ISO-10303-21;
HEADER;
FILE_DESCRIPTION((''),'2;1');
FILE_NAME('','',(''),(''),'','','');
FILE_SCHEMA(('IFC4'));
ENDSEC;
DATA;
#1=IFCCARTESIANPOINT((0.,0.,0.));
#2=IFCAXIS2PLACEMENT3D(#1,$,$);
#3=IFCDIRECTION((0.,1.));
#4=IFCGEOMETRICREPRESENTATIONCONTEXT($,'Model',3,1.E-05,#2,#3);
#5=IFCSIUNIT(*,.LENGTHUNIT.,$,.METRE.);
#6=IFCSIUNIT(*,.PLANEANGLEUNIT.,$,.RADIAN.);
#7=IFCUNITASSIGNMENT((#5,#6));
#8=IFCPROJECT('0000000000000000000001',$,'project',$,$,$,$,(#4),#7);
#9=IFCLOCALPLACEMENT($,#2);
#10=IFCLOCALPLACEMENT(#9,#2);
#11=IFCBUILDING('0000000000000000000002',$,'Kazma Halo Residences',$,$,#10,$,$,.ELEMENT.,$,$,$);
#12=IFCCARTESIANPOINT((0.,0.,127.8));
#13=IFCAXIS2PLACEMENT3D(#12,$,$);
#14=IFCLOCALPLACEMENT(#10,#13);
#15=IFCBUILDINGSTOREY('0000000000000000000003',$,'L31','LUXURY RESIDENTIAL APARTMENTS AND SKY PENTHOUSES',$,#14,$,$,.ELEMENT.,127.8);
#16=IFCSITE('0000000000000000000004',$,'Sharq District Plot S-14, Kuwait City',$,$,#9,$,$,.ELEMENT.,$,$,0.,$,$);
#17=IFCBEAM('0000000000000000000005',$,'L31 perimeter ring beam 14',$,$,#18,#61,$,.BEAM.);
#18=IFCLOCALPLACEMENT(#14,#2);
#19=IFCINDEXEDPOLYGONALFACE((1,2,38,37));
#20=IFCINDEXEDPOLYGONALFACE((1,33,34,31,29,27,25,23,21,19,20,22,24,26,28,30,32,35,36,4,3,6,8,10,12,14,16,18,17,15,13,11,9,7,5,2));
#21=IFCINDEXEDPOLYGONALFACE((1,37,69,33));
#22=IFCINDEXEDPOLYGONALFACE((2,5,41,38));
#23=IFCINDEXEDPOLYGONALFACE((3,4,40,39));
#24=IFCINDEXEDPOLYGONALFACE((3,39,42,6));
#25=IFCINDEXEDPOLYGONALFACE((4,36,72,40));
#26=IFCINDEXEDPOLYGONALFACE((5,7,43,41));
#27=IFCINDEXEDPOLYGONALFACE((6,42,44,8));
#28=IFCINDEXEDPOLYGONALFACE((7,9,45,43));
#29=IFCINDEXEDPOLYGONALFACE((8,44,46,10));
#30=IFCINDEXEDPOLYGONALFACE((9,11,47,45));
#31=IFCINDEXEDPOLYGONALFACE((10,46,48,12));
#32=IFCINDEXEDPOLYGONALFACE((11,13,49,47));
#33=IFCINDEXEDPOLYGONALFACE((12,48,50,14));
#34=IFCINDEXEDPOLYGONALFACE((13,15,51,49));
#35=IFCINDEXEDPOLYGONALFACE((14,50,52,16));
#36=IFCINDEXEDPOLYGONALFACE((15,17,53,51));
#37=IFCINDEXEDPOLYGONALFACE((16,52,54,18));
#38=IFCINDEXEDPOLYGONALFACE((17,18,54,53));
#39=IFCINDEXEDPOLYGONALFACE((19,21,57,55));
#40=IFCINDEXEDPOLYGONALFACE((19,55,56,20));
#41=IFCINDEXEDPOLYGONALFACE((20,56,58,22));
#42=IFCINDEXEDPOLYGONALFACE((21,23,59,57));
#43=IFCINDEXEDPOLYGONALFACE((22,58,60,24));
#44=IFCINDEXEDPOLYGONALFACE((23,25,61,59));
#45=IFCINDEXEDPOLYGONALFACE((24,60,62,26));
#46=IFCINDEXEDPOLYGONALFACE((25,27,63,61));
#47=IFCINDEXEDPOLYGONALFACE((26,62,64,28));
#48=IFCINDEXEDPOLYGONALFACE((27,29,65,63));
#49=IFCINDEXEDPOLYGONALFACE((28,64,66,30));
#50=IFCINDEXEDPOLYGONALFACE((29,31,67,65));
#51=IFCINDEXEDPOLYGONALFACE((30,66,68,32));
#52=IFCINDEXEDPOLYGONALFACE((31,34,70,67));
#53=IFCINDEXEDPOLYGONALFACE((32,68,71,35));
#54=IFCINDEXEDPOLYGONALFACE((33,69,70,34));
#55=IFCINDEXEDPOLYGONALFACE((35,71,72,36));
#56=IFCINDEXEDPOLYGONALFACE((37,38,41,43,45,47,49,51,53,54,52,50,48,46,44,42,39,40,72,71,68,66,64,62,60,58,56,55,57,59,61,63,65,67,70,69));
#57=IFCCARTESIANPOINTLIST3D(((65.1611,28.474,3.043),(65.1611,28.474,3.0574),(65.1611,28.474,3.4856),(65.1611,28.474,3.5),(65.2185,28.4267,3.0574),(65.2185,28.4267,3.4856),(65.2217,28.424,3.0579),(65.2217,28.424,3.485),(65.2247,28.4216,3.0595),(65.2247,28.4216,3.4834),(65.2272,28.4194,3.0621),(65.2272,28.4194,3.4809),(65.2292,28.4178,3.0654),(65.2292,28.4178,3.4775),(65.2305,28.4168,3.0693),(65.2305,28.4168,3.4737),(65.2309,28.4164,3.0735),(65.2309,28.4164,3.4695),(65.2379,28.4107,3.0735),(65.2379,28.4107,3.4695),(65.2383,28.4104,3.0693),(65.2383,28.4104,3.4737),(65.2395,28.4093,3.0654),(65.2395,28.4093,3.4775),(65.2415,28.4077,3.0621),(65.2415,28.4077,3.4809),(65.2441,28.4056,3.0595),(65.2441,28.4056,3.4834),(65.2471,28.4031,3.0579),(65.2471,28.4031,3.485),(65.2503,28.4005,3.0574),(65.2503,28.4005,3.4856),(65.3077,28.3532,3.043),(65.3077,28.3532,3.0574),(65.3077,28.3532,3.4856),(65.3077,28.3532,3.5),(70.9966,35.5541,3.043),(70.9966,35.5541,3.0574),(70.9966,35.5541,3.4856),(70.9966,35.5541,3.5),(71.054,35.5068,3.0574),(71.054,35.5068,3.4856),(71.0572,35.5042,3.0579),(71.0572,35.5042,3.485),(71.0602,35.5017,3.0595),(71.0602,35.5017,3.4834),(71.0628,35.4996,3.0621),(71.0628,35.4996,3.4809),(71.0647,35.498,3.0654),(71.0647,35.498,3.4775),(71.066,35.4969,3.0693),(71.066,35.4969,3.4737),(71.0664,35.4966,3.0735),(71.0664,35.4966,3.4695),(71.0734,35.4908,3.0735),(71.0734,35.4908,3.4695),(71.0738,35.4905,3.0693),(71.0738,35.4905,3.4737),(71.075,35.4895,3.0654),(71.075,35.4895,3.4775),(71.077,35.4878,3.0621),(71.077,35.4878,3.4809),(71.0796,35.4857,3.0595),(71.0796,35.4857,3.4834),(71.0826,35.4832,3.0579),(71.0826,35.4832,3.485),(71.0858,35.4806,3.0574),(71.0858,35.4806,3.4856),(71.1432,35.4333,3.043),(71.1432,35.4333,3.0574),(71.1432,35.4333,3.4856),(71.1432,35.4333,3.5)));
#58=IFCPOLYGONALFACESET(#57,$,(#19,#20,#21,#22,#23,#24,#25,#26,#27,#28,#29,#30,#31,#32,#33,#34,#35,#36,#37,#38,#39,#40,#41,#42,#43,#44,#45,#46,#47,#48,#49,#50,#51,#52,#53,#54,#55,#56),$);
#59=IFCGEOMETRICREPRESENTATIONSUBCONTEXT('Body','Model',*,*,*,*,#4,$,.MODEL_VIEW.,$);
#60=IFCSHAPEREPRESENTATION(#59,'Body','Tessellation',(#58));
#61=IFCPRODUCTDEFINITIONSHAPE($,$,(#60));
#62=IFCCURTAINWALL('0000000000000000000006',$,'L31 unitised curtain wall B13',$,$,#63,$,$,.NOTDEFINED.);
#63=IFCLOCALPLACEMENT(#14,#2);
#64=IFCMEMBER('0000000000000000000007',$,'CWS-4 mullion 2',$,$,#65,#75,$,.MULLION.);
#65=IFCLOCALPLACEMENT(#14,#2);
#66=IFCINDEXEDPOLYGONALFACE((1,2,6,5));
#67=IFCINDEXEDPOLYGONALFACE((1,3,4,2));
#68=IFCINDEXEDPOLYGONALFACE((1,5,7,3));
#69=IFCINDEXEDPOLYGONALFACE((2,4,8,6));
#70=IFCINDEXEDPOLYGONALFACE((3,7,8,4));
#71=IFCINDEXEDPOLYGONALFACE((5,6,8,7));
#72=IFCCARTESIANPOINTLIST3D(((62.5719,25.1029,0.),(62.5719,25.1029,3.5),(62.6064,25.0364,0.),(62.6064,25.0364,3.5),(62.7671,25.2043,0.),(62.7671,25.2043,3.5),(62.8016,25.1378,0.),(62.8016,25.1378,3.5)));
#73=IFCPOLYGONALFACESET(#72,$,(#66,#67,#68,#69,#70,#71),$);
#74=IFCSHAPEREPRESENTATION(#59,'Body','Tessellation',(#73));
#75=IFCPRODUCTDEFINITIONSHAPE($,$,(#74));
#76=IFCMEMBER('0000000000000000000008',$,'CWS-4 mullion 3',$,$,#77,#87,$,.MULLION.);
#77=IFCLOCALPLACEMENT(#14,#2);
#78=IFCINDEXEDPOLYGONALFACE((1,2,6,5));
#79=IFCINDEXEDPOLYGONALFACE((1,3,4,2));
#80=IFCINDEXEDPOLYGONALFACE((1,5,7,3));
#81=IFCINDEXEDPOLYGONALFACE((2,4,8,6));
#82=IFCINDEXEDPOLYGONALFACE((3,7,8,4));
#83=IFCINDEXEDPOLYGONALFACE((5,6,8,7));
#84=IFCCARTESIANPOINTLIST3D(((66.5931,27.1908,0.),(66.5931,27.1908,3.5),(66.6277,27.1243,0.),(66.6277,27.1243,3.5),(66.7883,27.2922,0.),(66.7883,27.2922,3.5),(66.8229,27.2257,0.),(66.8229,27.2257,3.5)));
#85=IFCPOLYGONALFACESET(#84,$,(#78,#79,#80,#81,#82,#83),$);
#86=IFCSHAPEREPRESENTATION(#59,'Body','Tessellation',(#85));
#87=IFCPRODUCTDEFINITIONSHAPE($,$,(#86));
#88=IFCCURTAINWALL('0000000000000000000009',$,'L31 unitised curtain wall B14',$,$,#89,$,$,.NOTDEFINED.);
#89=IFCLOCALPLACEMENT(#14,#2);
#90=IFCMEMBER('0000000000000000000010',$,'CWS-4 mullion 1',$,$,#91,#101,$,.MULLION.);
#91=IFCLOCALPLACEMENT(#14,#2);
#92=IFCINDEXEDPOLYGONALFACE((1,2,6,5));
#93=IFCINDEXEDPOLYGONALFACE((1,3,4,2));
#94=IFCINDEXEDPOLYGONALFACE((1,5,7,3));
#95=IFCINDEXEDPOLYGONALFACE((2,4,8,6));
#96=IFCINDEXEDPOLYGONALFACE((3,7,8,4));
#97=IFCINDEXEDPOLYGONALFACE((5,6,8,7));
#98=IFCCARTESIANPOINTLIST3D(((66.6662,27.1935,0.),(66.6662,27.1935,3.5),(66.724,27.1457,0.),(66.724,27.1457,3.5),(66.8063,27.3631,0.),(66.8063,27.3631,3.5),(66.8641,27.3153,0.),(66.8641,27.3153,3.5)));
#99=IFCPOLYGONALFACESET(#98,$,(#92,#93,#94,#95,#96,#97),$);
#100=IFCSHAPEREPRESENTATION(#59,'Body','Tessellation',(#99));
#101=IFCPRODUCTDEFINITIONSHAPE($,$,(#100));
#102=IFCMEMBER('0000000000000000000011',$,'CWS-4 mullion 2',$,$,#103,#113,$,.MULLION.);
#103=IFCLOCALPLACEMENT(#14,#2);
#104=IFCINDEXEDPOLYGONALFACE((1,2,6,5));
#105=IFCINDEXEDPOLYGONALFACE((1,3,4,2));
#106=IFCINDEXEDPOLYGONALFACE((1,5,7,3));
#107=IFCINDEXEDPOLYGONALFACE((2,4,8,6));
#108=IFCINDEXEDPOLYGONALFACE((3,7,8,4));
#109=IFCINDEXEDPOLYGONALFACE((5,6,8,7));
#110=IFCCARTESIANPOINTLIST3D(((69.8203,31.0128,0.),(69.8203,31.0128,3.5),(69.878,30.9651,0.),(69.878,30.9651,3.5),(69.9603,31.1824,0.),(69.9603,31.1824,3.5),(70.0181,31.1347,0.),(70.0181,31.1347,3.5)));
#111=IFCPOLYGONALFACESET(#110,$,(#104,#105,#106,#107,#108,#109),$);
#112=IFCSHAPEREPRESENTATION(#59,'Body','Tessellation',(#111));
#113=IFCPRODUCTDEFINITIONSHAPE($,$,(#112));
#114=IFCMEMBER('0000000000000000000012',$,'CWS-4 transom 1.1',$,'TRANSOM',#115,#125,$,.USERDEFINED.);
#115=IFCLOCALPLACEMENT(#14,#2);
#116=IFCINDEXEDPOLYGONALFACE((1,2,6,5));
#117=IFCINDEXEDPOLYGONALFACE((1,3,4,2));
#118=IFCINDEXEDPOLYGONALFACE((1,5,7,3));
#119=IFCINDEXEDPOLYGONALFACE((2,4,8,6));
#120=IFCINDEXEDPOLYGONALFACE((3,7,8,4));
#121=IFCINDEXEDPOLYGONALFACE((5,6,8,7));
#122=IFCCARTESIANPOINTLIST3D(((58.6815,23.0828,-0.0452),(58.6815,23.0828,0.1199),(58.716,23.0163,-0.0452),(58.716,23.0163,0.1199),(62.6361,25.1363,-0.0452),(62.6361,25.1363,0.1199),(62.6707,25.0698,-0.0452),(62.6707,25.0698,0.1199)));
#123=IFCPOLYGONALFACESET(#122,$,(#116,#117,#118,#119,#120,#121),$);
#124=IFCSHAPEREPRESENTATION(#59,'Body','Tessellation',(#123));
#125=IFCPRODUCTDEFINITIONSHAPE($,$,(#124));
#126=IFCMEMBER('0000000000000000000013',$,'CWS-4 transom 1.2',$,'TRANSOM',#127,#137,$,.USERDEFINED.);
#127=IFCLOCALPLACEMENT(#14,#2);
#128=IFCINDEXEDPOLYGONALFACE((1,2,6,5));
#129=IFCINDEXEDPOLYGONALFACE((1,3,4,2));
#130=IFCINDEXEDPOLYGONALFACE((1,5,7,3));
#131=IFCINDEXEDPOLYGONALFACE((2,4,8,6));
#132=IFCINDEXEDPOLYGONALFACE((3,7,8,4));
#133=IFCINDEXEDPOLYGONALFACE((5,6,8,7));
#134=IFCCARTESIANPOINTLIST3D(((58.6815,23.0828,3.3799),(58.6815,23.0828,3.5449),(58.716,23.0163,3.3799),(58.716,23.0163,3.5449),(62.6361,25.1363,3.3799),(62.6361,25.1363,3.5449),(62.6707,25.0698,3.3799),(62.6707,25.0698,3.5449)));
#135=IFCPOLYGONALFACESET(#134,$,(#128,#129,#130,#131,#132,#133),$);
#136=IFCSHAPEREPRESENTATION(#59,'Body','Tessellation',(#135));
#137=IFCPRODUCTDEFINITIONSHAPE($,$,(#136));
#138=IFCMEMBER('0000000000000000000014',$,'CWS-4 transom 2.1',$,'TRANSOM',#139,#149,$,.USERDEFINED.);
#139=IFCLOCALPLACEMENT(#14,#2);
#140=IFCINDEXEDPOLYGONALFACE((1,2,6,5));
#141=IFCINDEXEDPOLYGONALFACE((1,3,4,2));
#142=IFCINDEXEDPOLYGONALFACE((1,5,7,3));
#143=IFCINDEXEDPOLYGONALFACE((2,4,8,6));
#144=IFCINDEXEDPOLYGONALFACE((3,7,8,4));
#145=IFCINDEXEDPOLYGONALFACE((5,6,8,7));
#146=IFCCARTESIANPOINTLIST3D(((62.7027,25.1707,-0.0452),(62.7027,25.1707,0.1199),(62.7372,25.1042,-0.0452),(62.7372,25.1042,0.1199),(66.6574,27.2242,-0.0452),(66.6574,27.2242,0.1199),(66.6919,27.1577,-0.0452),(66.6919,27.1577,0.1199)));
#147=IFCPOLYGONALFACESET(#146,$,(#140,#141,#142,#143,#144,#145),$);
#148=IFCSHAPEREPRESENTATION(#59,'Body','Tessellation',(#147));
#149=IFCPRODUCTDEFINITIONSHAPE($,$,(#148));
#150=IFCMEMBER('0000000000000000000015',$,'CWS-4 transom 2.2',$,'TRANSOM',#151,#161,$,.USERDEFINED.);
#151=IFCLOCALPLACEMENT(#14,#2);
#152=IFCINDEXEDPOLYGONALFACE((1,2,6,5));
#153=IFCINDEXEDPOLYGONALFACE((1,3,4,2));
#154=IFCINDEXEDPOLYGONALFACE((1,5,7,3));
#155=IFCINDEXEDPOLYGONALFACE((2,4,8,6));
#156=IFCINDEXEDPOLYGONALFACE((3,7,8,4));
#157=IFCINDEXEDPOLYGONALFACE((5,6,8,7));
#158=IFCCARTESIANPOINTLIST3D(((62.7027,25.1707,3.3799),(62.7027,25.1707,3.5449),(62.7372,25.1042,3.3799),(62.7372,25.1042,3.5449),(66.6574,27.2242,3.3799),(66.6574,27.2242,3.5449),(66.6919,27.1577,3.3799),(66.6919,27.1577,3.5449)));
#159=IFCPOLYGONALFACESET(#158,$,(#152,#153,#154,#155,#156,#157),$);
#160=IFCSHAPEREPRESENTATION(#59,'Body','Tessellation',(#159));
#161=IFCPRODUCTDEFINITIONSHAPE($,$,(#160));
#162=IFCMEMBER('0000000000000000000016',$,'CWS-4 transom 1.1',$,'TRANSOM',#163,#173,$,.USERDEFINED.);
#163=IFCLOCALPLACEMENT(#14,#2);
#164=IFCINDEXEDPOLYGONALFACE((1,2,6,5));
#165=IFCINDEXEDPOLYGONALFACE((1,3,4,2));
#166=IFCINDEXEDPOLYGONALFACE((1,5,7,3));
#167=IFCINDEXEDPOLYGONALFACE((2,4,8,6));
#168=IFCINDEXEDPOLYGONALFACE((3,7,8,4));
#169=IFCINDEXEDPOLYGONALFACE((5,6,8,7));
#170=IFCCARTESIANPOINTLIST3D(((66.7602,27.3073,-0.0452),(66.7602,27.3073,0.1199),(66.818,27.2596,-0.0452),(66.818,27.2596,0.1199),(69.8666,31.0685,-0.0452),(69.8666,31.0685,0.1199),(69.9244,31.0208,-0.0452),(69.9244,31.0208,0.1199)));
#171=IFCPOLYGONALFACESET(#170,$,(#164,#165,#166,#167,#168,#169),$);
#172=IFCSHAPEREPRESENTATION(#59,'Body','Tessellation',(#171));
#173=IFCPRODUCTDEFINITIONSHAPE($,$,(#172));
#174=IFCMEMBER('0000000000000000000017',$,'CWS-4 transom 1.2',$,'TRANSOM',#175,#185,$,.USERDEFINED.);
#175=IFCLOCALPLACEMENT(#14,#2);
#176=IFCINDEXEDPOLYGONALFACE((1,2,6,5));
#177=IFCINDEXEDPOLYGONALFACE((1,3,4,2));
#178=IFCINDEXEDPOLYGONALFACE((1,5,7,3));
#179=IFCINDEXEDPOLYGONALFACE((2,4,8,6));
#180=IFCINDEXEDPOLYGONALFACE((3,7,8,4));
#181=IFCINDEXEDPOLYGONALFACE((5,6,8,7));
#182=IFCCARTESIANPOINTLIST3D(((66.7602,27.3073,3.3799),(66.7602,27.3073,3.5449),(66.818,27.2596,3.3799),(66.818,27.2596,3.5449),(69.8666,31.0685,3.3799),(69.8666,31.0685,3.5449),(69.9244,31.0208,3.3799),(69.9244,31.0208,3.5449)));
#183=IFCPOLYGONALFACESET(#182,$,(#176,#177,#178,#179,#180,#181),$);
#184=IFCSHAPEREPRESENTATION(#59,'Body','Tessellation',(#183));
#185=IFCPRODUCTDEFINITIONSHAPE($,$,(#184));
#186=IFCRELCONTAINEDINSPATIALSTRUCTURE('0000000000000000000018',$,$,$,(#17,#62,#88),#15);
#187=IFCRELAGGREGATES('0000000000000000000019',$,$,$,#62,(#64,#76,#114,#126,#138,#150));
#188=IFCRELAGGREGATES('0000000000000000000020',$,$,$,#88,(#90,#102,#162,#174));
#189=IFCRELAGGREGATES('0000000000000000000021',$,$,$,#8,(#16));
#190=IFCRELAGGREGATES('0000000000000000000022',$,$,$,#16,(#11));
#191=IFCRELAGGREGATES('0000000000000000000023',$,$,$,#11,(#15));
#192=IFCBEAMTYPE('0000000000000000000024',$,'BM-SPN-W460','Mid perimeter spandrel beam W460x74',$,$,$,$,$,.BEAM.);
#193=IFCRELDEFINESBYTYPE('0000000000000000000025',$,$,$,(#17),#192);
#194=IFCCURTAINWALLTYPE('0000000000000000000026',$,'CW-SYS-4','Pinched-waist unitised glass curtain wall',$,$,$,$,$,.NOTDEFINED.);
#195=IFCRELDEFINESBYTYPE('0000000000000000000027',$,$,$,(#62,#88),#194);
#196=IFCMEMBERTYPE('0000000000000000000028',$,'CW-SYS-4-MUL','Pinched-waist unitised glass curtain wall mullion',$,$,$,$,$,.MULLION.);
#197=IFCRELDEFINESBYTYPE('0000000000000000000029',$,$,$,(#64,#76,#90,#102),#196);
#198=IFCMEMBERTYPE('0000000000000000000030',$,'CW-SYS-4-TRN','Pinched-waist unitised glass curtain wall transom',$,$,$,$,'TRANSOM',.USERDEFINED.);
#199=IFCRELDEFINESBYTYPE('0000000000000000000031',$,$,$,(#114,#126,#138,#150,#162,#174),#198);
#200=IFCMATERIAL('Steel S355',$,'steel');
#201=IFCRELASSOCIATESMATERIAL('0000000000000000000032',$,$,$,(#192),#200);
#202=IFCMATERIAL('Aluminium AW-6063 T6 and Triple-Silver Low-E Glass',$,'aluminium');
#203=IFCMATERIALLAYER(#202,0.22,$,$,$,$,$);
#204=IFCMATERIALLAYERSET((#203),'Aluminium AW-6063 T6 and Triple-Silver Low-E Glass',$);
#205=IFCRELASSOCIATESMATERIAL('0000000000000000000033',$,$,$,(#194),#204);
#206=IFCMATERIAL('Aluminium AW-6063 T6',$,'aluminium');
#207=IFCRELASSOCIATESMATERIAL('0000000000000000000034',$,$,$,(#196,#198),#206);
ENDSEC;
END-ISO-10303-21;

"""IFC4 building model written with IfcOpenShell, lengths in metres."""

from ifc_helpers import new_model, si_unit, direction, frame, origin, origin_2d, place, context, subcontext, project, spatial, rectangle, i_section, extrude, material, layer, layer_set, material_profile, profile_set, type_object, element, aggregate, save


model = new_model("IFC4")

# Units and contexts
model_context = context("Model", 3, precision=1e-05, world=origin(), true_north=direction((0.0, 1.0)))
body_context = subcontext(model_context, "Body", "Model", "MODEL_VIEW")
ifc_project = project(units=[si_unit("LENGTHUNIT", "METRE"), si_unit("PLANEANGLEUNIT", "RADIAN")], contexts=[model_context])

# Site, building, storey
site_placement = place(None, origin())
site = spatial("IfcSite", under=ifc_project, at=site_placement, Name="Sharq District Plot S-14, Kuwait City", CompositionType="ELEMENT", RefElevation=0.0)
building_placement = place(site_placement, origin())
building = spatial("IfcBuilding", under=site, at=building_placement, Name="Kazma Halo Residences", CompositionType="ELEMENT")
storey_placement = place(building_placement, frame((0.0, 0.0, 127.8)))
storey = spatial("IfcBuildingStorey", under=building, at=storey_placement, Name="L31", Description="LUXURY RESIDENTIAL APARTMENTS AND SKY PENTHOUSES", CompositionType="ELEMENT", Elevation=127.8)

# Beam
ifc_material_1 = material(Name="Steel S355", Category="steel")
ifc_material_profile_1 = material_profile(ifc_material_1, i_section(OverallWidth=0.1899, OverallDepth=0.457, WebThickness=0.009, FlangeThickness=0.0144, FilletRadius=0.0161, at=origin_2d()), Name="W460x74")
ifc_profile_set_1 = profile_set([ifc_material_profile_1], Name="Steel S355")
beam_type_1 = type_object("IfcBeamType", Name="BM-SPN-W460", Description="Mid perimeter spandrel beam W460x74", PredefinedType="BEAM", material=ifc_profile_set_1)
beam_1_placement = place(storey_placement, frame((65.2344, 28.4136, 3.2715), z_axis=(0.636019, 0.771674, 0.0), x_axis=(-0.771674, 0.636019, 0.0)))
element("IfcBeam", 1, at=beam_1_placement, inside=storey, type_object=beam_type_1, Name="L31 perimeter ring beam 14", PredefinedType="BEAM", context=body_context, shape_type="SweptSolid", body=[
    extrude(i_section(OverallWidth=0.1899, OverallDepth=0.457, WebThickness=0.009, FlangeThickness=0.0144, FilletRadius=0.0161, at=origin_2d()), origin(), (0.0, 0.0, 1.0), 9.175),
])

# Curtain walls, members
ifc_material_2 = material(Name="Aluminium AW-6063 T6 and Triple-Silver Low-E Glass", Category="aluminium")
ifc_layer_1 = layer(ifc_material_2, 0.22)
ifc_layer_set_1 = layer_set([ifc_layer_1], Name="Aluminium AW-6063 T6 and Triple-Silver Low-E Glass")
curtain_wall_type = type_object("IfcCurtainWallType", Name="CW-SYS-4", Description="Pinched-waist unitised glass curtain wall", PredefinedType="NOTDEFINED", material=ifc_layer_set_1)
curtain_wall_1_placement = place(storey_placement, origin())
curtain_wall_1 = element("IfcCurtainWall", 2, at=curtain_wall_1_placement, inside=storey, type_object=curtain_wall_type, Name="L31 unitised curtain wall B13", PredefinedType="NOTDEFINED")
ifc_material_3 = material(Name="Aluminium AW-6063 T6", Category="aluminium")
ifc_material_profile_2 = material_profile(ifc_material_3, rectangle(XDim=0.075, YDim=0.22, at=origin_2d()), Name="CWM-75x220")
ifc_profile_set_2 = profile_set([ifc_material_profile_2], Name="Aluminium AW-6063 T6")
member_type_1 = type_object("IfcMemberType", Name="CW-SYS-4-MUL", Description="Pinched-waist unitised glass curtain wall mullion", PredefinedType="MULLION", material=ifc_profile_set_2)
member_1_placement = place(storey_placement, frame((62.6868, 25.1204, 0.0), z_axis=(0.0, 0.0, 1.0), x_axis=(-0.460837, 0.887485, 0.0)))
member_1 = element("IfcMember", 3, at=member_1_placement, type_object=member_type_1, Name="CWS-4 mullion 2", PredefinedType="MULLION", context=body_context, shape_type="SweptSolid", body=[
    extrude(rectangle(XDim=0.075, YDim=0.22, at=origin_2d()), origin(), (0.0, 0.0, 1.0), 3.5),
])
member_2_placement = place(storey_placement, frame((66.708, 27.2083, 0.0), z_axis=(0.0, 0.0, 1.0), x_axis=(-0.460837, 0.887485, 0.0)))
member_2 = element("IfcMember", 4, at=member_2_placement, type_object=member_type_1, Name="CWS-4 mullion 3", PredefinedType="MULLION", context=body_context, shape_type="SweptSolid", body=[
    extrude(rectangle(XDim=0.075, YDim=0.22, at=origin_2d()), origin(), (0.0, 0.0, 1.0), 3.5),
])
curtain_wall_2_placement = place(storey_placement, origin())
curtain_wall_2 = element("IfcCurtainWall", 5, at=curtain_wall_2_placement, inside=storey, type_object=curtain_wall_type, Name="L31 unitised curtain wall B14", PredefinedType="NOTDEFINED")
member_3_placement = place(storey_placement, frame((66.7651, 27.2544, 0.0), z_axis=(0.0, 0.0, 1.0), x_axis=(-0.771037, 0.63679, 0.0)))
member_3 = element("IfcMember", 6, at=member_3_placement, type_object=member_type_1, Name="CWS-4 mullion 1", PredefinedType="MULLION", context=body_context, shape_type="SweptSolid", body=[
    extrude(rectangle(XDim=0.075, YDim=0.22, at=origin_2d()), origin(), (0.0, 0.0, 1.0), 3.5),
])
member_4_placement = place(storey_placement, frame((69.9192, 31.0737, 0.0), z_axis=(0.0, 0.0, 1.0), x_axis=(-0.771037, 0.63679, 0.0)))
member_4 = element("IfcMember", 7, at=member_4_placement, type_object=member_type_1, Name="CWS-4 mullion 2", PredefinedType="MULLION", context=body_context, shape_type="SweptSolid", body=[
    extrude(rectangle(XDim=0.075, YDim=0.22, at=origin_2d()), origin(), (0.0, 0.0, 1.0), 3.5),
])

# Members
ifc_material_profile_3 = material_profile(ifc_material_3, rectangle(XDim=0.075, YDim=0.165, at=origin_2d()), Name="CWT-75x165")
ifc_profile_set_3 = profile_set([ifc_material_profile_3], Name="Aluminium AW-6063 T6")
member_type_2 = type_object("IfcMemberType", Name="CW-SYS-4-TRN", Description="Pinched-waist unitised glass curtain wall transom", ElementType="TRANSOM", PredefinedType="USERDEFINED", material=ifc_profile_set_3)
member_5_placement = place(storey_placement, frame((58.6987, 23.0496, 0.0374), z_axis=(0.887485, 0.460837, 0.0), x_axis=(-0.460837, 0.887485, 0.0)))
member_5 = element("IfcMember", 8, at=member_5_placement, type_object=member_type_2, Name="CWS-4 transom 1.1", ObjectType="TRANSOM", PredefinedType="USERDEFINED", context=body_context, shape_type="SweptSolid", body=[
    extrude(rectangle(XDim=0.075, YDim=0.165, at=origin_2d()), origin(), (0.0, 0.0, 1.0), 4.4561),
])
member_6_placement = place(storey_placement, frame((58.6987, 23.0496, 3.4624), z_axis=(0.887485, 0.460837, 0.0), x_axis=(-0.460837, 0.887485, 0.0)))
member_6 = element("IfcMember", 9, at=member_6_placement, type_object=member_type_2, Name="CWS-4 transom 1.2", ObjectType="TRANSOM", PredefinedType="USERDEFINED", context=body_context, shape_type="SweptSolid", body=[
    extrude(rectangle(XDim=0.075, YDim=0.165, at=origin_2d()), origin(), (0.0, 0.0, 1.0), 4.4561),
])
member_7_placement = place(storey_placement, frame((62.72, 25.1375, 0.0374), z_axis=(0.887485, 0.460837, 0.0), x_axis=(-0.460837, 0.887485, 0.0)))
member_7 = element("IfcMember", 10, at=member_7_placement, type_object=member_type_2, Name="CWS-4 transom 2.1", ObjectType="TRANSOM", PredefinedType="USERDEFINED", context=body_context, shape_type="SweptSolid", body=[
    extrude(rectangle(XDim=0.075, YDim=0.165, at=origin_2d()), origin(), (0.0, 0.0, 1.0), 4.4561),
])
member_8_placement = place(storey_placement, frame((62.72, 25.1375, 3.4624), z_axis=(0.887485, 0.460837, 0.0), x_axis=(-0.460837, 0.887485, 0.0)))
member_8 = element("IfcMember", 11, at=member_8_placement, type_object=member_type_2, Name="CWS-4 transom 2.2", ObjectType="TRANSOM", PredefinedType="USERDEFINED", context=body_context, shape_type="SweptSolid", body=[
    extrude(rectangle(XDim=0.075, YDim=0.165, at=origin_2d()), origin(), (0.0, 0.0, 1.0), 4.4561),
])
member_9_placement = place(storey_placement, frame((66.7891, 27.2834, 0.0374), z_axis=(0.636801, 0.771028, 0.0), x_axis=(-0.771028, 0.636801, 0.0)))
member_9 = element("IfcMember", 12, at=member_9_placement, type_object=member_type_2, Name="CWS-4 transom 1.1", ObjectType="TRANSOM", PredefinedType="USERDEFINED", context=body_context, shape_type="SweptSolid", body=[
    extrude(rectangle(XDim=0.075, YDim=0.165, at=origin_2d()), origin(), (0.0, 0.0, 1.0), 4.8782),
])
member_10_placement = place(storey_placement, frame((66.7891, 27.2834, 3.4624), z_axis=(0.636801, 0.771028, 0.0), x_axis=(-0.771028, 0.636801, 0.0)))
member_10 = element("IfcMember", 13, at=member_10_placement, type_object=member_type_2, Name="CWS-4 transom 1.2", ObjectType="TRANSOM", PredefinedType="USERDEFINED", context=body_context, shape_type="SweptSolid", body=[
    extrude(rectangle(XDim=0.075, YDim=0.165, at=origin_2d()), origin(), (0.0, 0.0, 1.0), 4.8782),
])

aggregate(curtain_wall_1, [member_1, member_2, member_5, member_6, member_7, member_8])
aggregate(curtain_wall_2, [member_3, member_4, member_9, member_10])

save(model, "model.ifc")
